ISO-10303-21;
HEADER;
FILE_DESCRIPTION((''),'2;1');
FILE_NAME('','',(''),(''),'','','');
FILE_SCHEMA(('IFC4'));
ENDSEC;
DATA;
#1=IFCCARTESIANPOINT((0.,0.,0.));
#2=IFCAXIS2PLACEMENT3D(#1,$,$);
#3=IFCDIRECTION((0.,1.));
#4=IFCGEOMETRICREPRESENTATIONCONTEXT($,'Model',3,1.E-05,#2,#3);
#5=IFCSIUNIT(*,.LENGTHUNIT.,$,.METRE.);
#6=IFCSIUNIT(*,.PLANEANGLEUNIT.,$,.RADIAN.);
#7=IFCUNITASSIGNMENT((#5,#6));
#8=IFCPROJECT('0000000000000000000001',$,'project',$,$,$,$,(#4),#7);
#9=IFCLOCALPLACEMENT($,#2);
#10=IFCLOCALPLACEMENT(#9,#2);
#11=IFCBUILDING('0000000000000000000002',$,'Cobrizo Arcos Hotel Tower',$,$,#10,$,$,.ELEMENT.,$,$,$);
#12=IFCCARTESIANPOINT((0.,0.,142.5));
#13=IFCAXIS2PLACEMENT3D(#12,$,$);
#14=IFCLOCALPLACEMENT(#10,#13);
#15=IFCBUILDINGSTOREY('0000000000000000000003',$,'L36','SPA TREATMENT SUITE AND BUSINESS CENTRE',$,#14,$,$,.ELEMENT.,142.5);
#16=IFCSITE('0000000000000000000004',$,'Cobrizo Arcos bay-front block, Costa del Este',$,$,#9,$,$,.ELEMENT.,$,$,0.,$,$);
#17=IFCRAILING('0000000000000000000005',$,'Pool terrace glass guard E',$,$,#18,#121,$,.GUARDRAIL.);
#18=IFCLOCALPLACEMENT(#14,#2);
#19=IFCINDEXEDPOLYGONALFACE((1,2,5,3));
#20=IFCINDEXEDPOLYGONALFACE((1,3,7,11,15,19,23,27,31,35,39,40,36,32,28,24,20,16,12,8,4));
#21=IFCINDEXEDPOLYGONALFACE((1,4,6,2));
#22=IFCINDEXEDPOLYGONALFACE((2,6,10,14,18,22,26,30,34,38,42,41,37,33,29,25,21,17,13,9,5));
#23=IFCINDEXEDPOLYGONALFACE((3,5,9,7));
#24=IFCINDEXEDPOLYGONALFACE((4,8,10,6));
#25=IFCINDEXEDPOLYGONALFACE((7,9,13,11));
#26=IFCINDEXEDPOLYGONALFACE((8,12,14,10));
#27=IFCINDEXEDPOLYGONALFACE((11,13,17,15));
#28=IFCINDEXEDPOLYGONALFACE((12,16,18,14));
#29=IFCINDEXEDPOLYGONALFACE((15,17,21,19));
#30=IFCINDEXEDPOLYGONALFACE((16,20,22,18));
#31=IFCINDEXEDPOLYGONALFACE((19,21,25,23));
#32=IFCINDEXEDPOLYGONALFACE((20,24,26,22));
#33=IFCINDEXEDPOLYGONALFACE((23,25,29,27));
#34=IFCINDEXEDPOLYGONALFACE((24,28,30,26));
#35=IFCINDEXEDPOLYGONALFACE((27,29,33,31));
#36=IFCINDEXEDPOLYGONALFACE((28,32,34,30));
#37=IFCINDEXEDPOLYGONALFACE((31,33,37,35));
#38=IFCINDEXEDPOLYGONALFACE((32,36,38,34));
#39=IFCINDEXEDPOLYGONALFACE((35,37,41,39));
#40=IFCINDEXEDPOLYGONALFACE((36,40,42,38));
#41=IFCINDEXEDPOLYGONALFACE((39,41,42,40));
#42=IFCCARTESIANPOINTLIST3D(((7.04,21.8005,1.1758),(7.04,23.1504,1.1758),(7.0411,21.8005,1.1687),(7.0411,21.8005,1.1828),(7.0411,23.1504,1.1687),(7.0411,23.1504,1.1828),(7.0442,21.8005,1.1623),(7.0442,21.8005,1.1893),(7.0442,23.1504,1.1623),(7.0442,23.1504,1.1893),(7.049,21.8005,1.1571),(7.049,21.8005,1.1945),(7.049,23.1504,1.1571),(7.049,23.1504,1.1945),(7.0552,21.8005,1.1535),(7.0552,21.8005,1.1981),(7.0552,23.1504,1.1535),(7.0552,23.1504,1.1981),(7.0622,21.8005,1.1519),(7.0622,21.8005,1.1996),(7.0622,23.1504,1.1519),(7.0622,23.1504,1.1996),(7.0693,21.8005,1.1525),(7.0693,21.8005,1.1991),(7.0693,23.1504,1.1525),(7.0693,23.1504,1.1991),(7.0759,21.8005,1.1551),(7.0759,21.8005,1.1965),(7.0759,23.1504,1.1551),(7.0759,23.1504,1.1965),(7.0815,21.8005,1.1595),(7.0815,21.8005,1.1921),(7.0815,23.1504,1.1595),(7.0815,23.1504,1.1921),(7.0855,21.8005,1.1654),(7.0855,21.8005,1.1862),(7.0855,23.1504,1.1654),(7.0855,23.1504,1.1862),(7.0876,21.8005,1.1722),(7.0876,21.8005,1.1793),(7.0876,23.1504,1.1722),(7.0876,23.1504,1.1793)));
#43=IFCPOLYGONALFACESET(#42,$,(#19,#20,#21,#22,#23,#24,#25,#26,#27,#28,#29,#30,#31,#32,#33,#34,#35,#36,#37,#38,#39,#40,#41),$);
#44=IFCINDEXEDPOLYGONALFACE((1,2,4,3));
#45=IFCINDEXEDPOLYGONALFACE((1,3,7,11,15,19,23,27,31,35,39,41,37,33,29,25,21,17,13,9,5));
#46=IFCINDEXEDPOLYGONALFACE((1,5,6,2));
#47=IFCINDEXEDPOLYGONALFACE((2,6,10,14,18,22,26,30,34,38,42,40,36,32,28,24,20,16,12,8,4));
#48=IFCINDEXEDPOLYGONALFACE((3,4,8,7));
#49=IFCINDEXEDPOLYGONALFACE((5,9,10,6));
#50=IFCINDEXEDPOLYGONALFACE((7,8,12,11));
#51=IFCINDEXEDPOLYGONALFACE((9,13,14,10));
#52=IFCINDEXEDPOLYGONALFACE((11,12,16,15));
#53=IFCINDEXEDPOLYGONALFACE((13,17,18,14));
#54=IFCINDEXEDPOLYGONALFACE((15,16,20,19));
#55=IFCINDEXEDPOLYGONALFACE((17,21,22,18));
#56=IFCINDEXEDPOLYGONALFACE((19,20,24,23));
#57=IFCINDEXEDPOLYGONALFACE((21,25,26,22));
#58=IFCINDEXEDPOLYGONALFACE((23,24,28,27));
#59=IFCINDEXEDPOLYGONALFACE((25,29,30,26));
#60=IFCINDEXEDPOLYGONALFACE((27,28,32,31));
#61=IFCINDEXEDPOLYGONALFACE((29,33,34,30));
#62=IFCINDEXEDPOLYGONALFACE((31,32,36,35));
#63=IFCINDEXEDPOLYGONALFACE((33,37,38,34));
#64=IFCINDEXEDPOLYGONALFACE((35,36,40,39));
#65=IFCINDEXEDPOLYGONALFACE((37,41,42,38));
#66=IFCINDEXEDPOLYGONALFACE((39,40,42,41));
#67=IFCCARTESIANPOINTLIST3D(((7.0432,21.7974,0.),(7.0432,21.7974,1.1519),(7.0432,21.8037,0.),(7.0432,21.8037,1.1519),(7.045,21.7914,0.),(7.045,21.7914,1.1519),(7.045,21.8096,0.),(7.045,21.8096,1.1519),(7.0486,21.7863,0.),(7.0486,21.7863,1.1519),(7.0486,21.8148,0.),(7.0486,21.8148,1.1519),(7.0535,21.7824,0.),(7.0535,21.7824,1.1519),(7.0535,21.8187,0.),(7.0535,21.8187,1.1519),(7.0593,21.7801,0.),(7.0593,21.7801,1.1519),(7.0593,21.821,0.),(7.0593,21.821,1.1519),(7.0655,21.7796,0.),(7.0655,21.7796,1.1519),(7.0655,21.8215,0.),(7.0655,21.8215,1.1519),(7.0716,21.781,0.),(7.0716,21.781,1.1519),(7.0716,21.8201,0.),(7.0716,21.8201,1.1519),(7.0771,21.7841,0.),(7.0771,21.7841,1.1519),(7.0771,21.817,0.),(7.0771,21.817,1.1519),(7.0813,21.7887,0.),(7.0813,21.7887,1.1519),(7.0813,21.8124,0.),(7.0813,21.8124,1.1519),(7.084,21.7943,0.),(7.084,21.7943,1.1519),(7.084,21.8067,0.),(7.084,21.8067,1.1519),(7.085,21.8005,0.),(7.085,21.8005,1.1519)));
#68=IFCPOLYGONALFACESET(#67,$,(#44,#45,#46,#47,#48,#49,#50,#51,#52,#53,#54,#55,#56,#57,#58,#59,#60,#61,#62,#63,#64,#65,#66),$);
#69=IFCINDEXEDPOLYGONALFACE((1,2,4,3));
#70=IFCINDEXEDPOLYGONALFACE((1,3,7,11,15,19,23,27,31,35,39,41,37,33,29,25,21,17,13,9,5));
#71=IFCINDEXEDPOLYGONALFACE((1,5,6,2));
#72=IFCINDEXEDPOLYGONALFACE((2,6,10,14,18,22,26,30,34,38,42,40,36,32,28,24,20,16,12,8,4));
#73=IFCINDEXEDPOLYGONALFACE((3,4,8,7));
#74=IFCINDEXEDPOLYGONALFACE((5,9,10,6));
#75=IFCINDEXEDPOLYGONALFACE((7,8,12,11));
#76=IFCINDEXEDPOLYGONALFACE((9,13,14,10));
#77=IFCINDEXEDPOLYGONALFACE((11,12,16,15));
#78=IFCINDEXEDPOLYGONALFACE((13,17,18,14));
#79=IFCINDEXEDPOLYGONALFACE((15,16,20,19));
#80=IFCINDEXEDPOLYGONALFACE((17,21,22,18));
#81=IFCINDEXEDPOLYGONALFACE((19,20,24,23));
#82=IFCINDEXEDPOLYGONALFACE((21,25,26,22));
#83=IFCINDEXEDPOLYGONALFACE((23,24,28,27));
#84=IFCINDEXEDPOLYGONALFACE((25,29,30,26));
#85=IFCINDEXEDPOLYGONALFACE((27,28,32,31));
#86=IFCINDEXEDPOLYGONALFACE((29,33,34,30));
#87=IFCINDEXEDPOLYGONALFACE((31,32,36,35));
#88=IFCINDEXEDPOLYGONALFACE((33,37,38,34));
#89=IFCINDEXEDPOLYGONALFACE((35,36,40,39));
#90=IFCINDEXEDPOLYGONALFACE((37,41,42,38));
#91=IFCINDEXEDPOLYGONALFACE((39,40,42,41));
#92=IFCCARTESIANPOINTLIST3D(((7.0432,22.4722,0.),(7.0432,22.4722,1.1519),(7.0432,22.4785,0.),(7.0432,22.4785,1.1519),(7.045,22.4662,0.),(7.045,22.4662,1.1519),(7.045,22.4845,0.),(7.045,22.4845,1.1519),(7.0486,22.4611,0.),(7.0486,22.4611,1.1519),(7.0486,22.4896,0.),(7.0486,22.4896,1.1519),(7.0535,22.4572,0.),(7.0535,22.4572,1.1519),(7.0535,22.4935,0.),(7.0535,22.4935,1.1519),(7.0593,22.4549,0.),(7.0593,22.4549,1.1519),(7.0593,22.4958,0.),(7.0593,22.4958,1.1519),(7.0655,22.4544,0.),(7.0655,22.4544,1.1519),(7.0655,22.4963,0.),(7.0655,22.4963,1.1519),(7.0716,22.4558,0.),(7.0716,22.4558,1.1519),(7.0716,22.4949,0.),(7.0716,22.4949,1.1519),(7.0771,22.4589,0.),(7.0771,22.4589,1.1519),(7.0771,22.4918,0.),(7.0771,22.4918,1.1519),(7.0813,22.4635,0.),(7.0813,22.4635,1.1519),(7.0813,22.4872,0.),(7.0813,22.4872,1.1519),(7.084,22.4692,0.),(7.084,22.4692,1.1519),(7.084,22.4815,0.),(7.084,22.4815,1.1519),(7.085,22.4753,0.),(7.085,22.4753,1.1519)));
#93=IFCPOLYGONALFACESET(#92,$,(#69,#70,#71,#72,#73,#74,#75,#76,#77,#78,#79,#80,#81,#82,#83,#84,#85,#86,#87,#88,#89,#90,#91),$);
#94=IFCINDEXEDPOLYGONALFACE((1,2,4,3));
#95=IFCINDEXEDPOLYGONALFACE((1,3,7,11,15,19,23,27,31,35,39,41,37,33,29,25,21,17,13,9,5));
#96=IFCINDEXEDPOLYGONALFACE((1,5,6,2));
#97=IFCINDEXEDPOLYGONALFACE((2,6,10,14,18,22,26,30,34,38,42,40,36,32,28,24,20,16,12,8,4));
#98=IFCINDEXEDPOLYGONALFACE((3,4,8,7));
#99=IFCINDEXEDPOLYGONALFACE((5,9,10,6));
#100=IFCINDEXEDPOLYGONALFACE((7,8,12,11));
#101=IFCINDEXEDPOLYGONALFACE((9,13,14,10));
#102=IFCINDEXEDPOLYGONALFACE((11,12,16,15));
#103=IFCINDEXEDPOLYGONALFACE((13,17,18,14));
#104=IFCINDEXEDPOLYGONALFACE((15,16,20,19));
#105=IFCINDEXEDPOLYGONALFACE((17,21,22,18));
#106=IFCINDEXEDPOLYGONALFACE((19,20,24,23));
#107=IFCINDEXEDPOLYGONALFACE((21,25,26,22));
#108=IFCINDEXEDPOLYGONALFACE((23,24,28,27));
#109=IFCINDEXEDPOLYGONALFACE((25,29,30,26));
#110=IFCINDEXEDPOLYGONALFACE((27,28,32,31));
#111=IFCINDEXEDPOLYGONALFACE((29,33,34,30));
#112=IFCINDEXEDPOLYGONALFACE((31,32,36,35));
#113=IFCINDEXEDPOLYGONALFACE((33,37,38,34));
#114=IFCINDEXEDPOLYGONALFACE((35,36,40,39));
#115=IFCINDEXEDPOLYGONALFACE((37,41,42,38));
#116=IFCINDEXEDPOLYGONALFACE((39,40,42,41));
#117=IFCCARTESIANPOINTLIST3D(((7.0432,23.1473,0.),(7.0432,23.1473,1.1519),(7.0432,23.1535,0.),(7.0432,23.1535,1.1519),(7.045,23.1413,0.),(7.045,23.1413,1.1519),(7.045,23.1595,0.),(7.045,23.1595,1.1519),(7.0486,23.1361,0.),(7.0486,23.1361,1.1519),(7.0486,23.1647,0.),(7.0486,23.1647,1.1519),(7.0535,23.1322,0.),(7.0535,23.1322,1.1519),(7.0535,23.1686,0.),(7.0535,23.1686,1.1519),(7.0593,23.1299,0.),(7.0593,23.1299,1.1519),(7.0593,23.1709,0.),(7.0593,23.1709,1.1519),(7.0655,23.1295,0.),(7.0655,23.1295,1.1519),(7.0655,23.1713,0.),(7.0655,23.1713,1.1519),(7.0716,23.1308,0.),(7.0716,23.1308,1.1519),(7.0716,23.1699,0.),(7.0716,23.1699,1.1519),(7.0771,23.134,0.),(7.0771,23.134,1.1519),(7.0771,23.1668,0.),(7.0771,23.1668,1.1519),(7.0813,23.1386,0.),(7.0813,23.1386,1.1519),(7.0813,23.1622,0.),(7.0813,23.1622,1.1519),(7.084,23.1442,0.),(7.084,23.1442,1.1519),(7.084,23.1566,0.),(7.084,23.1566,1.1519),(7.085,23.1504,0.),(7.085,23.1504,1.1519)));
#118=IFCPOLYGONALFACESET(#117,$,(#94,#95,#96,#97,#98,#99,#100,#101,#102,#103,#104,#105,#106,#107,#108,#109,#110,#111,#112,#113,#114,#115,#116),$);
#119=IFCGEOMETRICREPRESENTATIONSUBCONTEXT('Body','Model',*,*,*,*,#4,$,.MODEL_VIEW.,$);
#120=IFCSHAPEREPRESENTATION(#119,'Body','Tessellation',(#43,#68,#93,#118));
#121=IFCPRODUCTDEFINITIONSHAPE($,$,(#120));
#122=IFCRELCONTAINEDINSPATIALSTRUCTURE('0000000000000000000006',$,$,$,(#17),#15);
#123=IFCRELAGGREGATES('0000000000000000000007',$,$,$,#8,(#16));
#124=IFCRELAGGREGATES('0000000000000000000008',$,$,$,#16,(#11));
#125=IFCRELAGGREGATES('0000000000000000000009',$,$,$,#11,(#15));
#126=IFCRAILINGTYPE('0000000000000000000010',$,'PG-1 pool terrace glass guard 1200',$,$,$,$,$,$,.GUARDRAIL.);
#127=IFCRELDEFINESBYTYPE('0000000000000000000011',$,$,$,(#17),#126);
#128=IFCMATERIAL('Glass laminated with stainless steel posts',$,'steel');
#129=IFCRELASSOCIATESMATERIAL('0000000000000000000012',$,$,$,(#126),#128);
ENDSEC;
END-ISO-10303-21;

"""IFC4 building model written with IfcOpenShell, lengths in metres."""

from ifc_helpers import new_model, si_unit, direction, frame, origin, origin_2d, place, context, subcontext, project, spatial, circle, extrude, material, type_object, element, save


model = new_model("IFC4")

# Units and contexts
model_context = context("Model", 3, precision=1e-05, world=origin(), true_north=direction((0.0, 1.0)))
body_context = subcontext(model_context, "Body", "Model", "MODEL_VIEW")
ifc_project = project(units=[si_unit("LENGTHUNIT", "METRE"), si_unit("PLANEANGLEUNIT", "RADIAN")], contexts=[model_context])

# Site, building, storey
site_placement = place(None, origin())
site = spatial("IfcSite", under=ifc_project, at=site_placement, Name="Cobrizo Arcos bay-front block, Costa del Este", CompositionType="ELEMENT", RefElevation=0.0)
building_placement = place(site_placement, origin())
building = spatial("IfcBuilding", under=site, at=building_placement, Name="Cobrizo Arcos Hotel Tower", CompositionType="ELEMENT")
storey_placement = place(building_placement, frame((0.0, 0.0, 142.5)))
storey = spatial("IfcBuildingStorey", under=building, at=storey_placement, Name="L36", Description="SPA TREATMENT SUITE AND BUSINESS CENTRE", CompositionType="ELEMENT", Elevation=142.5)

# Railing
ifc_material_1 = material(Name="Glass laminated with stainless steel posts", Category="steel")
railing_type = type_object("IfcRailingType", Name="PG-1 pool terrace glass guard 1200", PredefinedType="GUARDRAIL", material=ifc_material_1)
railing_placement = place(storey_placement, frame((7.064, 21.8005, 0.0)))
element("IfcRailing", 1, at=railing_placement, inside=storey, type_object=railing_type, Name="Pool terrace glass guard E", PredefinedType="GUARDRAIL", context=body_context, shape_type="SweptSolid", body=[
    extrude(circle(Radius=0.0239, at=origin_2d()), frame((0.0, 0.0, 1.1758), z_axis=(0.0, 1.0, 0.0), x_axis=(-1.0, 0.0, 0.0)), (0.0, 0.0, 1.0), 1.3499),
    extrude(circle(Radius=0.021, at=origin_2d()), origin(), (0.0, 0.0, 1.0), 1.1519),
    extrude(circle(Radius=0.021, at=origin_2d()), frame((0.0, 0.6748, 0.0)), (0.0, 0.0, 1.0), 1.1519),
    extrude(circle(Radius=0.021, at=origin_2d()), frame((0.0, 1.3499, 0.0)), (0.0, 0.0, 1.0), 1.1519),
])

save(model, "model.ifc")
